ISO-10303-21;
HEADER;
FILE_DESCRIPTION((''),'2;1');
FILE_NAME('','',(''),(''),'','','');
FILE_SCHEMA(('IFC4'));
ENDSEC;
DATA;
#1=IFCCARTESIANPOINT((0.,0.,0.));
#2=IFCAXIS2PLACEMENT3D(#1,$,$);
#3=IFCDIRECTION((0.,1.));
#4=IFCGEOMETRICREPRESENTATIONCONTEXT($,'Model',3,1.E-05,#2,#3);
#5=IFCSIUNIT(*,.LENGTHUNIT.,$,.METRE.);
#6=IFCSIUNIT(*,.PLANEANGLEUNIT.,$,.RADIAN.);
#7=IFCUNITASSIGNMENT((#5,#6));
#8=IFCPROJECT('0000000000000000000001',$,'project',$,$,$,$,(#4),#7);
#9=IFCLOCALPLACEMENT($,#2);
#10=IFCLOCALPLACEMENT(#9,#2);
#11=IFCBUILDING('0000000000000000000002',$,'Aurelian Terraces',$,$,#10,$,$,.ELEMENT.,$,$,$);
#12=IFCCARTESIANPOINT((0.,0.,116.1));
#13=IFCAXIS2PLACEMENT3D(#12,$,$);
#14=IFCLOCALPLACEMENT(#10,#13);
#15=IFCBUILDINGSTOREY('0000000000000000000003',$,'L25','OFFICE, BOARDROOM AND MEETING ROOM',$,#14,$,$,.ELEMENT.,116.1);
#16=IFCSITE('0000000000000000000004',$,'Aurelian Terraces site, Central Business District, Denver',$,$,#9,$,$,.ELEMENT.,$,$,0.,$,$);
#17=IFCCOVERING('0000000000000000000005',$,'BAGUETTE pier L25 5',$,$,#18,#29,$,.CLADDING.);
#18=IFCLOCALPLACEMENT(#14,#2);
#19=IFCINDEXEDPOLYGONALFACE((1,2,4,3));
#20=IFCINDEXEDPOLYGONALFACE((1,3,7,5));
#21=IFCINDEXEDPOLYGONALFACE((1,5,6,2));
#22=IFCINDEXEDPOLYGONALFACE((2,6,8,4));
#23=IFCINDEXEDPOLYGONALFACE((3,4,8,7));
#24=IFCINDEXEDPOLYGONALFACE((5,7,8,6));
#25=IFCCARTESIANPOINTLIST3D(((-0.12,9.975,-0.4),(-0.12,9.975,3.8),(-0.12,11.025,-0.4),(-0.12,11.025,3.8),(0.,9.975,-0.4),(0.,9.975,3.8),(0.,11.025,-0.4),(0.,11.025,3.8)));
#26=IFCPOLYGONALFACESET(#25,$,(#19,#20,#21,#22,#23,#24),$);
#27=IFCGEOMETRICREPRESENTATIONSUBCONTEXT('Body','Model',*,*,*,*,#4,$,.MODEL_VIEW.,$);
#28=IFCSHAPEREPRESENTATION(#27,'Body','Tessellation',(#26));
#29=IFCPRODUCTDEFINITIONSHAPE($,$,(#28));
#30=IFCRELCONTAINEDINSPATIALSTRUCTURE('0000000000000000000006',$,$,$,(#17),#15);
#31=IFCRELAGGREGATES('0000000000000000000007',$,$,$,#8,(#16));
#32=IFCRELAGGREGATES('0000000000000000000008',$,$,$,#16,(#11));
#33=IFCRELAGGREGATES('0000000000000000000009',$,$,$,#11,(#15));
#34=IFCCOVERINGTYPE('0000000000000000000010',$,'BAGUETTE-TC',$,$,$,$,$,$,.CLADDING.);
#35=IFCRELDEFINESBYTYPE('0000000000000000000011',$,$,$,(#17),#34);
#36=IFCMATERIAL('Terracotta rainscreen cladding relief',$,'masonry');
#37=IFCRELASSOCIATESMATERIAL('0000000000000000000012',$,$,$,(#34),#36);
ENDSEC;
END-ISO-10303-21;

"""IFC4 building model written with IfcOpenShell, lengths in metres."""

from ifc_helpers import new_model, si_unit, direction, frame, origin, origin_2d, place, context, subcontext, project, spatial, rectangle, extrude, source, transform, mapped, material, type_object, element, save


model = new_model("IFC4")

# Units and contexts
model_context = context("Model", 3, precision=1e-05, world=origin(), true_north=direction((0.0, 1.0)))
body_context = subcontext(model_context, "Body", "Model", "MODEL_VIEW")
ifc_project = project(units=[si_unit("LENGTHUNIT", "METRE"), si_unit("PLANEANGLEUNIT", "RADIAN")], contexts=[model_context])

# Site, building, storey
site_placement = place(None, origin())
site = spatial("IfcSite", under=ifc_project, at=site_placement, Name="Aurelian Terraces site, Central Business District, Denver", CompositionType="ELEMENT", RefElevation=0.0)
building_placement = place(site_placement, origin())
building = spatial("IfcBuilding", under=site, at=building_placement, Name="Aurelian Terraces", CompositionType="ELEMENT")
storey_placement = place(building_placement, frame((0.0, 0.0, 116.1)))
storey = spatial("IfcBuildingStorey", under=building, at=storey_placement, Name="L25", Description="OFFICE, BOARDROOM AND MEETING ROOM", CompositionType="ELEMENT", Elevation=116.1)

# Covering
ifc_material_1 = material(Name="Terracotta rainscreen cladding relief", Category="masonry")
covering_type_1 = type_object("IfcCoveringType", Name="BAGUETTE-TC", PredefinedType="CLADDING", material=ifc_material_1)
shared_shape_1 = source(origin(), body_context, "Body", "SweptSolid", [
    extrude(rectangle(XDim=0.12, YDim=1.05, at=origin_2d()), origin(), (0.0, 0.0, 1.0), 4.2),
])
covering_1_placement = place(storey_placement, frame((-0.06, 10.5, -0.4), z_axis=(0.0, 0.0, 1.0), x_axis=(1.0, 0.0, 0.0)))
element("IfcCovering", 1, at=covering_1_placement, inside=storey, type_object=covering_type_1, Name="BAGUETTE pier L25 5", PredefinedType="CLADDING", context=body_context, shape_type="MappedRepresentation", body=[
    mapped(shared_shape_1, transform((0.0, 0.0, 0.0), scale=1.0)),
])

save(model, "model.ifc")
